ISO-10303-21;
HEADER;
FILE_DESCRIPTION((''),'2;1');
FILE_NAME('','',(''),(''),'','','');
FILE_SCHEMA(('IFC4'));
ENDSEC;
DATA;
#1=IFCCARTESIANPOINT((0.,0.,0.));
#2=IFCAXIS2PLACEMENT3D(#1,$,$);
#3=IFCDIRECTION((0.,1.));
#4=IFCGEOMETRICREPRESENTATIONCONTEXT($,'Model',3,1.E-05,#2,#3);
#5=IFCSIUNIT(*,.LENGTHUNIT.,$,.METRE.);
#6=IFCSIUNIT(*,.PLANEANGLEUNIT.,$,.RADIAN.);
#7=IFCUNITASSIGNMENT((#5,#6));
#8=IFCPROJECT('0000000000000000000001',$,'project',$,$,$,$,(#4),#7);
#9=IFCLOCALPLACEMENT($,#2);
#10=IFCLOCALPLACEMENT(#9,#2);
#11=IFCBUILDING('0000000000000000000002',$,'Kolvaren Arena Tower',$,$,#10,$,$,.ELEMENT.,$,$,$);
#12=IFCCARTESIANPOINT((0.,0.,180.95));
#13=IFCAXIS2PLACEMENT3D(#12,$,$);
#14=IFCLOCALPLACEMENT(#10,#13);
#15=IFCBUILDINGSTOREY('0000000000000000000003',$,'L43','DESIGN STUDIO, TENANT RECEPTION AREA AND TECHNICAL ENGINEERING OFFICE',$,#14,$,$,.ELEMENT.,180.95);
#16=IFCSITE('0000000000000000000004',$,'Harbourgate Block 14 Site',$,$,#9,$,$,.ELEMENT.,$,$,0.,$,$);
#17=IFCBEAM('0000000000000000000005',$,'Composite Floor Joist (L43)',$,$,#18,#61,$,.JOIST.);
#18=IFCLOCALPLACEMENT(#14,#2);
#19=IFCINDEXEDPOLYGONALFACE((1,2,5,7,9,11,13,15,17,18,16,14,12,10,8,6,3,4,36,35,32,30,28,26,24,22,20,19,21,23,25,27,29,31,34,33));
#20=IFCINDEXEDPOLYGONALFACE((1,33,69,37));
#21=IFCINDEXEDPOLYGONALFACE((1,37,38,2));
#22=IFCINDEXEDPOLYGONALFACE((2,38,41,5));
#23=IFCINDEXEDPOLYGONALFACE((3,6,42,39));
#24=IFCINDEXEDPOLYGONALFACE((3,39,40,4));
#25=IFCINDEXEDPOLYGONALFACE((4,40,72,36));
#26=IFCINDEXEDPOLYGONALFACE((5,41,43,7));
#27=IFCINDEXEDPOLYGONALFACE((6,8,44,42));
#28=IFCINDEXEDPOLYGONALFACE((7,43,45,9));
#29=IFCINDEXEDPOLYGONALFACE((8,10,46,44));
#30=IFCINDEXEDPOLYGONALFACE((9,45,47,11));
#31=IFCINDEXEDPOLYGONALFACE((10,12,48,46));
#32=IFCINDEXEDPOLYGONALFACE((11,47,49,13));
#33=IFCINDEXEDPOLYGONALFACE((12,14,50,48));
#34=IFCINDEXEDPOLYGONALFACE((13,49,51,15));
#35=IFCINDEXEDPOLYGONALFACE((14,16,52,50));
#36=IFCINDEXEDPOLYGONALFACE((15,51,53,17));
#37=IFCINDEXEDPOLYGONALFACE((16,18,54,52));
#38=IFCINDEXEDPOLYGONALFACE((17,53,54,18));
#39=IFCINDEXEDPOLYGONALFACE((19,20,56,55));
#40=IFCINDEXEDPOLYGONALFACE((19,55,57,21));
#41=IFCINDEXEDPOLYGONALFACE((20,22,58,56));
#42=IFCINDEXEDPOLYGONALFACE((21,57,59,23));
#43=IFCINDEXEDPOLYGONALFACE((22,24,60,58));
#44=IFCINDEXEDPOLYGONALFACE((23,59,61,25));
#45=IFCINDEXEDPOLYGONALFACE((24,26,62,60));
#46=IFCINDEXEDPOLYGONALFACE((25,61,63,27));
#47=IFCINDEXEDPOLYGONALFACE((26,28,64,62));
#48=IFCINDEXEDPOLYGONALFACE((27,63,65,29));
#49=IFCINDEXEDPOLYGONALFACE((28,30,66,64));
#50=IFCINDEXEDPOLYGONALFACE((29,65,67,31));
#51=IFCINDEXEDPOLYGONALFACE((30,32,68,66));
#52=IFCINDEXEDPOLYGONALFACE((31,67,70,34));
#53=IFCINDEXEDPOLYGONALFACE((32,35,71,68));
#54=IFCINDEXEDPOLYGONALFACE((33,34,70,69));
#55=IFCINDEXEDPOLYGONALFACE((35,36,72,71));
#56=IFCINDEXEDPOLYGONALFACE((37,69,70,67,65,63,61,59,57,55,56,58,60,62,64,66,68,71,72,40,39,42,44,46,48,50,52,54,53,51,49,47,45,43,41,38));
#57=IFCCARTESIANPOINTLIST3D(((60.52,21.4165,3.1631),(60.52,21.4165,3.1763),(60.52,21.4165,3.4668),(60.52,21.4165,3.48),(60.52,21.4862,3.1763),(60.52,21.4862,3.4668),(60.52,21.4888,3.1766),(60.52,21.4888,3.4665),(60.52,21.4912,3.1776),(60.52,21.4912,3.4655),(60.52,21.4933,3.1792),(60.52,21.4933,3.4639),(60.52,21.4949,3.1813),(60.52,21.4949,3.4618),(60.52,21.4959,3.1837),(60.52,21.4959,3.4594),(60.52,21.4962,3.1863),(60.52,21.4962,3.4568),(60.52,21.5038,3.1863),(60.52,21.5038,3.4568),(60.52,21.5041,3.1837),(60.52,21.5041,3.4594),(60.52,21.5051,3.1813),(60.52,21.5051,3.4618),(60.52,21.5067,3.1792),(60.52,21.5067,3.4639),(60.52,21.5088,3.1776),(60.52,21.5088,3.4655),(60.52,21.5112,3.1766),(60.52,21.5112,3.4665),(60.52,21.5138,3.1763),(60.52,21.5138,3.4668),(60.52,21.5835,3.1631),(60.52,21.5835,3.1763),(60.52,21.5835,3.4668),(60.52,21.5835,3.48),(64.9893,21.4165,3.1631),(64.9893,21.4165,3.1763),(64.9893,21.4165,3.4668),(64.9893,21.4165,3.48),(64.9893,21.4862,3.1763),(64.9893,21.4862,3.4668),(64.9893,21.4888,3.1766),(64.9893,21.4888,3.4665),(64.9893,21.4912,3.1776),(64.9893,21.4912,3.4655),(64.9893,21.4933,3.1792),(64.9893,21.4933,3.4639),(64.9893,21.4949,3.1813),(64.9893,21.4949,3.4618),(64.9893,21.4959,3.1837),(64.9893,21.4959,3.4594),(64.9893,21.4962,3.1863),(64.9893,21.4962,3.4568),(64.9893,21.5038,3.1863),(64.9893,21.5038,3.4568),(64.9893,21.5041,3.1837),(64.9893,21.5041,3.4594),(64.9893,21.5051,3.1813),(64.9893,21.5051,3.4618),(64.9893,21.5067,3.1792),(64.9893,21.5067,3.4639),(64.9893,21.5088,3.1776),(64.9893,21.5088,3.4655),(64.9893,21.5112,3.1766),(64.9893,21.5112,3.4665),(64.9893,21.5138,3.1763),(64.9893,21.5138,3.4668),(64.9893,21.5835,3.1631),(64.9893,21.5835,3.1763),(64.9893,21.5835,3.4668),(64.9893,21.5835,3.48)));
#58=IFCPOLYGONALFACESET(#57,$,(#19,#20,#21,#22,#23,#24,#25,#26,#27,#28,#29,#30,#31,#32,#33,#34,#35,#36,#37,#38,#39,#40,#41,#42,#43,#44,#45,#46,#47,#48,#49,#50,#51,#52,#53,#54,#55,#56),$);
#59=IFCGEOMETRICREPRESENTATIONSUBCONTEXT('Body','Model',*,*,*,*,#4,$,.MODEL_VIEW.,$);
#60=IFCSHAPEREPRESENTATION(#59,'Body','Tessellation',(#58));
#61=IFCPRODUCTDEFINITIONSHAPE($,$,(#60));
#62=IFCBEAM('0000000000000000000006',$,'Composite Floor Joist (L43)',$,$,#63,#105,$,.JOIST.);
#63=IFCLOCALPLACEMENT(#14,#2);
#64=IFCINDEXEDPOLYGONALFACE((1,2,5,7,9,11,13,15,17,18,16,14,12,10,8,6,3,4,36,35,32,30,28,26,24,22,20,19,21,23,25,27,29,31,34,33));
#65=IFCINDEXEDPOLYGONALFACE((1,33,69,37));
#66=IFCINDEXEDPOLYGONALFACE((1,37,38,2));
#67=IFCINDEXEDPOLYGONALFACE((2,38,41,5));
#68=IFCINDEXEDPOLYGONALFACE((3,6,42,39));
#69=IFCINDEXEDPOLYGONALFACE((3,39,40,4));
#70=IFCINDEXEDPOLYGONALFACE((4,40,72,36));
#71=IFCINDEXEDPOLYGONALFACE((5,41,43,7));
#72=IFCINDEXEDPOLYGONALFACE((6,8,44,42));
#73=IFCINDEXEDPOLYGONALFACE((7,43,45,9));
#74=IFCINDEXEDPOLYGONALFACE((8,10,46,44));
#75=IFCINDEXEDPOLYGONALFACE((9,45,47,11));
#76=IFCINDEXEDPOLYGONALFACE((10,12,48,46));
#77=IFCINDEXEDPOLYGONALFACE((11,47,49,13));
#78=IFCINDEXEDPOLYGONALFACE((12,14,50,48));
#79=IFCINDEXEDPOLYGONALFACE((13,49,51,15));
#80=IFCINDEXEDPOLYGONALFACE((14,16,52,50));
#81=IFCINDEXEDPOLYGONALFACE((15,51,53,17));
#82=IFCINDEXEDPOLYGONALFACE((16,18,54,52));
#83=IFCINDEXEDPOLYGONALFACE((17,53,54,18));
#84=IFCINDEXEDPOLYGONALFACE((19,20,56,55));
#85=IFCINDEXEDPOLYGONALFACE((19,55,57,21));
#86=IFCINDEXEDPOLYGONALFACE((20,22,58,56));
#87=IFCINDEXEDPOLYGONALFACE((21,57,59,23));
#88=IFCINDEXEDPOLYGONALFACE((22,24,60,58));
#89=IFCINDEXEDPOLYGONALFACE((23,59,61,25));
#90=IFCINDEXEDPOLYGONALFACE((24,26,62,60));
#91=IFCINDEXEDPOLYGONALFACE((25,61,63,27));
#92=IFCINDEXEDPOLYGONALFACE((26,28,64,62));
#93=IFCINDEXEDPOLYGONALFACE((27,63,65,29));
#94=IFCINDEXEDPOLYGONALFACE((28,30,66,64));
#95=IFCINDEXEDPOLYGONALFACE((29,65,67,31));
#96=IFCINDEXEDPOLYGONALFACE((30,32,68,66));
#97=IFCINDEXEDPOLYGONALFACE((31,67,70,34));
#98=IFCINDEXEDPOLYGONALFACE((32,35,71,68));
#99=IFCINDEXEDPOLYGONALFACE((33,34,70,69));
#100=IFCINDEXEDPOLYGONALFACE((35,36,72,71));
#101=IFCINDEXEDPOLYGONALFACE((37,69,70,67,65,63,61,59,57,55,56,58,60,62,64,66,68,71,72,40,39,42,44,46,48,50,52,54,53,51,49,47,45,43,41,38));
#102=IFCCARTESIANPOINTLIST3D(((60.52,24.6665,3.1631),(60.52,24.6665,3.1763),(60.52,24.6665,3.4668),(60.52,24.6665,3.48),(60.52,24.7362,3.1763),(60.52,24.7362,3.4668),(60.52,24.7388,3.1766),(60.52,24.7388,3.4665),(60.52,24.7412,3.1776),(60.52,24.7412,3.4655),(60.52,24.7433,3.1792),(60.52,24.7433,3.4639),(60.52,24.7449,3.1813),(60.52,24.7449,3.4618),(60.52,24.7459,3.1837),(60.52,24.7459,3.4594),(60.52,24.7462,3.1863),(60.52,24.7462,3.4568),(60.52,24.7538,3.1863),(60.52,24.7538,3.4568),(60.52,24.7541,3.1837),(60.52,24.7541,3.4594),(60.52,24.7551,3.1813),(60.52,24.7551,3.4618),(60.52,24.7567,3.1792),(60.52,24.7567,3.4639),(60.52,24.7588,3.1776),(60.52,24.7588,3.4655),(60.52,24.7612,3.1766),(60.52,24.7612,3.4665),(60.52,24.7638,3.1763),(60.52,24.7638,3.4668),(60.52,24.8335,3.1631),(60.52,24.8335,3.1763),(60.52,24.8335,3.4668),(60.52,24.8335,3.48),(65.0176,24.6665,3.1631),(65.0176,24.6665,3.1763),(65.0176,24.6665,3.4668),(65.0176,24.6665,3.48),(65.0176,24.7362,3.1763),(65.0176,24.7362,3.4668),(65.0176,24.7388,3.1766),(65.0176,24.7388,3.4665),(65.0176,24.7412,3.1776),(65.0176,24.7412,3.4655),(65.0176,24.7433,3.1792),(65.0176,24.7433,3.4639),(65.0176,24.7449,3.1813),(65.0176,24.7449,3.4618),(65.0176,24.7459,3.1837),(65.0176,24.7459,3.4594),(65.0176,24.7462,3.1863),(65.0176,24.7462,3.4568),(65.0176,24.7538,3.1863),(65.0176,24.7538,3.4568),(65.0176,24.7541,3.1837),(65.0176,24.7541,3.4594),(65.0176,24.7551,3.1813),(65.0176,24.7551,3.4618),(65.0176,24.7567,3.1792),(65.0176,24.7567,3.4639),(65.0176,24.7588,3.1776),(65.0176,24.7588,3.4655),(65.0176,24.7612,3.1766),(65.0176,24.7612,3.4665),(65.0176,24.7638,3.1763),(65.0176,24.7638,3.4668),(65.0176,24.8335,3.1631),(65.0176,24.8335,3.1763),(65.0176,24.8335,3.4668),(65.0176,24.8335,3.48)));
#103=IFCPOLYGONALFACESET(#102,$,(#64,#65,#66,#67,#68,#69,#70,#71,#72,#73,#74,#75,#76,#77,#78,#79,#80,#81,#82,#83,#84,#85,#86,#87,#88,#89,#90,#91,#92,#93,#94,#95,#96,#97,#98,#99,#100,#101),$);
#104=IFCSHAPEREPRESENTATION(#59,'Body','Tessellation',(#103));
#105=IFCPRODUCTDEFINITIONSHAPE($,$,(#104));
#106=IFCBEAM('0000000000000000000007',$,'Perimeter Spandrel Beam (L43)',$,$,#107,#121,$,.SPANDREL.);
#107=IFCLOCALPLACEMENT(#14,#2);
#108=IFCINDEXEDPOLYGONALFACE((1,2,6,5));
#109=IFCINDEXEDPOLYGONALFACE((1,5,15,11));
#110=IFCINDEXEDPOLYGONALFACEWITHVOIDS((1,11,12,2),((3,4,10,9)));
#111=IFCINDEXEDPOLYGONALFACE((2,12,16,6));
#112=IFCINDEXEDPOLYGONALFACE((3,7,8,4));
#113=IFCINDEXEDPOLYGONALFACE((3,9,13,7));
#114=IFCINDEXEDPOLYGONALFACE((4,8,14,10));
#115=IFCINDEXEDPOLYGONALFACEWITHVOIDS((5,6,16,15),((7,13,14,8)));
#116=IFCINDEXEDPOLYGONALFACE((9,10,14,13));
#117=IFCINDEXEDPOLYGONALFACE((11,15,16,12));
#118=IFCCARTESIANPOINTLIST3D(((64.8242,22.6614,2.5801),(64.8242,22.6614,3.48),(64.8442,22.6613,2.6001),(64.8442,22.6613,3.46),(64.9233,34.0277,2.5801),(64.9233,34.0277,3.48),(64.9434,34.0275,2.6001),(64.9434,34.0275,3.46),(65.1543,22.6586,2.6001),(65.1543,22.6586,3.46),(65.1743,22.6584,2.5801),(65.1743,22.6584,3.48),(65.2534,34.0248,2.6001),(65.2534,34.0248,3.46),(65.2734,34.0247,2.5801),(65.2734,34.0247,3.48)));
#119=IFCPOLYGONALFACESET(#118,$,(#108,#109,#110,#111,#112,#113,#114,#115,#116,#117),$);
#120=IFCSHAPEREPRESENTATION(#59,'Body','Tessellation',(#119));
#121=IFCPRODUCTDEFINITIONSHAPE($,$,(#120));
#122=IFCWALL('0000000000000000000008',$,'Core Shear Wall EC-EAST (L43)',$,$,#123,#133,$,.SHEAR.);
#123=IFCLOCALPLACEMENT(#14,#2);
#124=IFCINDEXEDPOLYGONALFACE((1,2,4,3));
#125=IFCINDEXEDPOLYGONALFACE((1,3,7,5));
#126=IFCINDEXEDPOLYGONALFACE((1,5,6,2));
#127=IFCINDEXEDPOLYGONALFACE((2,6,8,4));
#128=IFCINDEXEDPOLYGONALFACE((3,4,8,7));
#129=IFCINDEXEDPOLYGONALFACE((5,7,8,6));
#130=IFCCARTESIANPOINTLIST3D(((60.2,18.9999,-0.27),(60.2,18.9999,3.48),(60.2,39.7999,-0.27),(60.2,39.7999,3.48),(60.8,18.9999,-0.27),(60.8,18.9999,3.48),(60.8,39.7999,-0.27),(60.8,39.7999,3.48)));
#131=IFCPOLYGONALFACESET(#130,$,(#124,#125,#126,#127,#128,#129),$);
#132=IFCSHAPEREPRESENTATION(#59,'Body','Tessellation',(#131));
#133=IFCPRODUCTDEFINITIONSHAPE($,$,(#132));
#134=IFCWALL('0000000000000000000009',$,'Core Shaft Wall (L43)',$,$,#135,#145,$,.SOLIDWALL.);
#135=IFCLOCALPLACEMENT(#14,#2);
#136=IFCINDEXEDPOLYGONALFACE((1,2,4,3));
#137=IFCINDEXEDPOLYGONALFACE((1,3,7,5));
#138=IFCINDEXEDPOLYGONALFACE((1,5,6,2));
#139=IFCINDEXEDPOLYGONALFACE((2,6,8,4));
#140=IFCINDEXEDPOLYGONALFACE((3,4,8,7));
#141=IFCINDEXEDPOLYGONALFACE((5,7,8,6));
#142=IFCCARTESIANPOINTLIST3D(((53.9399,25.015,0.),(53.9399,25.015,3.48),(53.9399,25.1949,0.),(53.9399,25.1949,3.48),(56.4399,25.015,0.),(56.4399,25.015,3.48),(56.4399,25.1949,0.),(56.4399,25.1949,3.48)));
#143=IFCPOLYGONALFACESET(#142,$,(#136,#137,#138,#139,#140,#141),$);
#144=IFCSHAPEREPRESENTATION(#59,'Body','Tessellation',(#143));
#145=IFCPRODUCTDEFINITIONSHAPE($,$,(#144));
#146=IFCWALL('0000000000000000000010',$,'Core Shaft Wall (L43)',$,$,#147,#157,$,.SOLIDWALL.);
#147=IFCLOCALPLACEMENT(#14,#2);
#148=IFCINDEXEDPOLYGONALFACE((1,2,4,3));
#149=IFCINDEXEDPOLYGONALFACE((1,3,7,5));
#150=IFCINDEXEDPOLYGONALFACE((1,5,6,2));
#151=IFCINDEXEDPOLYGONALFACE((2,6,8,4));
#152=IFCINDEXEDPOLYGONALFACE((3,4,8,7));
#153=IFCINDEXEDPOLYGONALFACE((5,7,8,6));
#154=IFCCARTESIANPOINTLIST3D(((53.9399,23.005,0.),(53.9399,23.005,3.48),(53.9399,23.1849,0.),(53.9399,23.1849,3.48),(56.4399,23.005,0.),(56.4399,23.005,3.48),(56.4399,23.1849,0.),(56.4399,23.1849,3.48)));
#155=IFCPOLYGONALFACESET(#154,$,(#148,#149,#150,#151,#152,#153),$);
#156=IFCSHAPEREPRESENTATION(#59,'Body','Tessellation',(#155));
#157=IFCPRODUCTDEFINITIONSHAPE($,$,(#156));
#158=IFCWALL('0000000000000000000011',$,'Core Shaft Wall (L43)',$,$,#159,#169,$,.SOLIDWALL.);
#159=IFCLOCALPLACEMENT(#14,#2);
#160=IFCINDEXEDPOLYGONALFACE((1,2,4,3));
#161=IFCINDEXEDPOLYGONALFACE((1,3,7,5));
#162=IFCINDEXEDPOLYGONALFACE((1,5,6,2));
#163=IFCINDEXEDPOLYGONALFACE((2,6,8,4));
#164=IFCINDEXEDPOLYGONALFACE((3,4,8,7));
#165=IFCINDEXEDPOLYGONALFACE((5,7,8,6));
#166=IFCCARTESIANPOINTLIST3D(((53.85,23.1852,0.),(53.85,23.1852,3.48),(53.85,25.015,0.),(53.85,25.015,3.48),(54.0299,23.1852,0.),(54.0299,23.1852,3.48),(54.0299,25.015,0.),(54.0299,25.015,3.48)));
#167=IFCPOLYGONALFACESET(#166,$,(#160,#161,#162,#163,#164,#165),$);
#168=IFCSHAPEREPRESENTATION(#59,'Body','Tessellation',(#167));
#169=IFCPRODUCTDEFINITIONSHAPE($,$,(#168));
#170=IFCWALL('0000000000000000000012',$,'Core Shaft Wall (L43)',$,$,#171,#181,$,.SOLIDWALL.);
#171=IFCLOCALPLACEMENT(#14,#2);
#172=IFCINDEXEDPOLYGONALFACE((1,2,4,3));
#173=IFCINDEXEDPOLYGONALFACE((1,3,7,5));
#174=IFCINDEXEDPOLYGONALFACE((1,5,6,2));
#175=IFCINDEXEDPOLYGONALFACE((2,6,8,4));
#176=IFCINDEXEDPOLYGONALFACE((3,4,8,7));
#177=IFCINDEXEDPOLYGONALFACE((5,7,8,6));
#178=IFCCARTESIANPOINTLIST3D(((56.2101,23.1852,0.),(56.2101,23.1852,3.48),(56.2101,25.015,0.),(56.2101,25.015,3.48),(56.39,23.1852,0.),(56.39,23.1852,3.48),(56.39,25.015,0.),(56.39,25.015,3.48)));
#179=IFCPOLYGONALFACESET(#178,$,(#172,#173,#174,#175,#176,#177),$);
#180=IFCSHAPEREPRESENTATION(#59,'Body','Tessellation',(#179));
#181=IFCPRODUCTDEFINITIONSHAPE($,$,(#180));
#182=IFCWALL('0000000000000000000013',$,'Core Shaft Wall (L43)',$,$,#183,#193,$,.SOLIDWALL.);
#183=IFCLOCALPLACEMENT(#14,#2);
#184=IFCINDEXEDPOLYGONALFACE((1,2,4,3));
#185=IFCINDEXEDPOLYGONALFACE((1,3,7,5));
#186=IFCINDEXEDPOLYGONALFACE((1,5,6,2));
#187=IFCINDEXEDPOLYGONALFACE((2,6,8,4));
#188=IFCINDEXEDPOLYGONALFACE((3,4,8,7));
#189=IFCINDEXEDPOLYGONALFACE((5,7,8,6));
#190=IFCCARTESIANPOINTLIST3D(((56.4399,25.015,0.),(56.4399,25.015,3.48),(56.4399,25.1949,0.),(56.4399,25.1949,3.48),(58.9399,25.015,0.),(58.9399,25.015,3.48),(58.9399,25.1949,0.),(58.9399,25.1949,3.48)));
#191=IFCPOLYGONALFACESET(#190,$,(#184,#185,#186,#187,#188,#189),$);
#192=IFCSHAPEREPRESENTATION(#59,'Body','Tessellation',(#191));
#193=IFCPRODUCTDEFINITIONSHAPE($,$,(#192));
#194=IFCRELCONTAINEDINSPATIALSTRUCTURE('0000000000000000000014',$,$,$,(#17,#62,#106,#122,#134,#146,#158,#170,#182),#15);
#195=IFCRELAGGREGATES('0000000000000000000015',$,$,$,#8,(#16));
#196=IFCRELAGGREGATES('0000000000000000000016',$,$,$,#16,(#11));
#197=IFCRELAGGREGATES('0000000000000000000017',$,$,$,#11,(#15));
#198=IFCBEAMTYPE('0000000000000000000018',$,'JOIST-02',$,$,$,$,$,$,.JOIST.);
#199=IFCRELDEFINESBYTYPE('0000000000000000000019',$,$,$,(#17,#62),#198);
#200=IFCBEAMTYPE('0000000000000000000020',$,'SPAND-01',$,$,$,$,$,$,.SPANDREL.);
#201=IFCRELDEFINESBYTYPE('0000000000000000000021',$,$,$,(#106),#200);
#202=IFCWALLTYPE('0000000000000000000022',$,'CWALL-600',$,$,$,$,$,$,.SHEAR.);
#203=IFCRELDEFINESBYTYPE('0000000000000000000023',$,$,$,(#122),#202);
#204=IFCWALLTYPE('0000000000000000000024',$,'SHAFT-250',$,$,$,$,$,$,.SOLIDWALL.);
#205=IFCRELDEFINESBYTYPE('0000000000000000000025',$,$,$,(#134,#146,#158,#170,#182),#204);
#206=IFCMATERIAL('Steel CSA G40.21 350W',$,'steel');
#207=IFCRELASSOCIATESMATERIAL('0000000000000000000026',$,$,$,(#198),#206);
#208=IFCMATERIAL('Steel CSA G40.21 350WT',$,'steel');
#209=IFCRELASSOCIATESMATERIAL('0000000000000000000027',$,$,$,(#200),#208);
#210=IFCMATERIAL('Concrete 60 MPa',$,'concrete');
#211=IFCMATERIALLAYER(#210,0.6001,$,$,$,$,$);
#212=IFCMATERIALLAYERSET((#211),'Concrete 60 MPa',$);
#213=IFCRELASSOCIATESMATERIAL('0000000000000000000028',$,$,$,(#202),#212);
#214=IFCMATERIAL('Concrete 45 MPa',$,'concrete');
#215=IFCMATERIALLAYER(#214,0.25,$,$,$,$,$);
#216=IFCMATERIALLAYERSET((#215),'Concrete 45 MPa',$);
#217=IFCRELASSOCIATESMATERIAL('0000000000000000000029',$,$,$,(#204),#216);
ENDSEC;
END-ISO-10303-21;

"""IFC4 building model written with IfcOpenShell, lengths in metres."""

from ifc_helpers import new_model, si_unit, direction, frame, frame_2d, origin, origin_2d, place, context, subcontext, project, spatial, rectangle, hollow_rectangle, i_section, extrude, material, layer, layer_set, material_profile, profile_set, type_object, element, save


model = new_model("IFC4")

# Units and contexts
model_context = context("Model", 3, precision=1e-05, world=origin(), true_north=direction((0.0, 1.0)))
body_context = subcontext(model_context, "Body", "Model", "MODEL_VIEW")
ifc_project = project(units=[si_unit("LENGTHUNIT", "METRE"), si_unit("PLANEANGLEUNIT", "RADIAN")], contexts=[model_context])

# Site, building, storey
site_placement = place(None, origin())
site = spatial("IfcSite", under=ifc_project, at=site_placement, Name="Harbourgate Block 14 Site", CompositionType="ELEMENT", RefElevation=0.0)
building_placement = place(site_placement, origin())
building = spatial("IfcBuilding", under=site, at=building_placement, Name="Kolvaren Arena Tower", CompositionType="ELEMENT")
storey_placement = place(building_placement, frame((0.0, 0.0, 180.95)))
storey = spatial("IfcBuildingStorey", under=building, at=storey_placement, Name="L43", Description="DESIGN STUDIO, TENANT RECEPTION AREA AND TECHNICAL ENGINEERING OFFICE", CompositionType="ELEMENT", Elevation=180.95)

# Beams
ifc_material_1 = material(Name="Steel CSA G40.21 350W", Category="steel")
ifc_material_profile_1 = material_profile(ifc_material_1, i_section(OverallWidth=0.167, OverallDepth=0.3169, WebThickness=0.0076, FlangeThickness=0.0132, FilletRadius=0.01, at=origin_2d()), Name="W310x52")
ifc_profile_set_1 = profile_set([ifc_material_profile_1], Name="Steel CSA G40.21 350W")
beam_type_1 = type_object("IfcBeamType", Name="JOIST-02", PredefinedType="JOIST", material=ifc_profile_set_1)
beam_1_placement = place(storey_placement, frame((60.52, 21.5, 3.3215), z_axis=(1.0, 0.0, 0.0), x_axis=(0.0, 1.0, 0.0)))
element("IfcBeam", 1, at=beam_1_placement, inside=storey, type_object=beam_type_1, Name="Composite Floor Joist (L43)", PredefinedType="JOIST", context=body_context, shape_type="SweptSolid", body=[
    extrude(i_section(OverallWidth=0.167, OverallDepth=0.3169, WebThickness=0.0076, FlangeThickness=0.0132, FilletRadius=0.01, at=origin_2d()), origin(), (0.0, 0.0, 1.0), 4.4692),
])
beam_2_placement = place(storey_placement, frame((60.52, 24.75, 3.3215), z_axis=(1.0, 0.0, 0.0), x_axis=(0.0, 1.0, 0.0)))
element("IfcBeam", 2, at=beam_2_placement, inside=storey, type_object=beam_type_1, Name="Composite Floor Joist (L43)", PredefinedType="JOIST", context=body_context, shape_type="SweptSolid", body=[
    extrude(i_section(OverallWidth=0.167, OverallDepth=0.3169, WebThickness=0.0076, FlangeThickness=0.0132, FilletRadius=0.01, at=origin_2d()), origin(), (0.0, 0.0, 1.0), 4.4976),
])
ifc_material_2 = material(Name="Steel CSA G40.21 350WT", Category="steel")
ifc_material_profile_2 = material_profile(ifc_material_2, hollow_rectangle(XDim=0.3501, YDim=0.8999, WallThickness=0.02, at=origin_2d()), Name="HSS 900x350x20")
ifc_profile_set_2 = profile_set([ifc_material_profile_2], Name="Steel CSA G40.21 350WT")
beam_type_2 = type_object("IfcBeamType", Name="SPAND-01", PredefinedType="SPANDREL", material=ifc_profile_set_2)
beam_3_placement = place(storey_placement, frame((64.9993, 22.6599, 3.03), z_axis=(0.00872, 0.999962, 0.0), x_axis=(-0.999962, 0.00872, 0.0)))
element("IfcBeam", 3, at=beam_3_placement, inside=storey, type_object=beam_type_2, Name="Perimeter Spandrel Beam (L43)", PredefinedType="SPANDREL", context=body_context, shape_type="SweptSolid", body=[
    extrude(hollow_rectangle(XDim=0.3501, YDim=0.8999, WallThickness=0.02, at=origin_2d()), origin(), (0.0, 0.0, 1.0), 11.3667),
])

# Walls
ifc_material_3 = material(Name="Concrete 60 MPa", Category="concrete")
ifc_layer_1 = layer(ifc_material_3, 0.6001)
ifc_layer_set_1 = layer_set([ifc_layer_1], Name="Concrete 60 MPa")
wall_type_1 = type_object("IfcWallType", Name="CWALL-600", PredefinedType="SHEAR", material=ifc_layer_set_1)
wall_1_placement = place(storey_placement, frame((60.5, 19.0, -0.27), z_axis=(0.0, 0.0, 1.0), x_axis=(0.0, 1.0, 0.0)))
element("IfcWall", 4, at=wall_1_placement, inside=storey, type_object=wall_type_1, Name="Core Shear Wall EC-EAST (L43)", PredefinedType="SHEAR", context=body_context, shape_type="SweptSolid", body=[
    extrude(rectangle(XDim=20.8, YDim=0.6001, at=frame_2d((10.3999, 0.0))), origin(), (0.0, 0.0, 1.0), 3.75),
])
ifc_material_4 = material(Name="Concrete 45 MPa", Category="concrete")
ifc_layer_2 = layer(ifc_material_4, 0.25)
ifc_layer_set_2 = layer_set([ifc_layer_2], Name="Concrete 45 MPa")
wall_type_2 = type_object("IfcWallType", Name="SHAFT-250", PredefinedType="SOLIDWALL", material=ifc_layer_set_2)
for number, where, z_axis, x_axis, name in (
    (5, (53.9399, 25.105, 0.0), (0.0, 0.0, 1.0), (1.0, 0.0, 0.0), "Core Shaft Wall (L43)"),
    (6, (53.9399, 23.095, 0.0), (0.0, 0.0, 1.0), (1.0, 0.0, 0.0), "Core Shaft Wall (L43)"),
):
    element("IfcWall", number, at=place(storey_placement, frame(where, z_axis=z_axis, x_axis=x_axis)), inside=storey, type_object=wall_type_2, Name=name, PredefinedType="SOLIDWALL", context=body_context, shape_type="SweptSolid", body=[
        extrude(rectangle(XDim=2.5, YDim=0.1799, at=frame_2d((1.25, 0.0))), origin(), (0.0, 0.0, 1.0), 3.48),
    ])
for number, where, z_axis, x_axis, name in (
    (7, (53.9399, 23.1851, 0.0), (0.0, 0.0, 1.0), (0.0, 1.0, 0.0), "Core Shaft Wall (L43)"),
    (8, (56.3, 23.1851, 0.0), (0.0, 0.0, 1.0), (0.0, 1.0, 0.0), "Core Shaft Wall (L43)"),
):
    element("IfcWall", number, at=place(storey_placement, frame(where, z_axis=z_axis, x_axis=x_axis)), inside=storey, type_object=wall_type_2, Name=name, PredefinedType="SOLIDWALL", context=body_context, shape_type="SweptSolid", body=[
        extrude(rectangle(XDim=1.8298, YDim=0.1799, at=frame_2d((0.915, 0.0))), origin(), (0.0, 0.0, 1.0), 3.48),
    ])
for number, where, z_axis, x_axis, name in (
    (9, (56.4399, 25.105, 0.0), (0.0, 0.0, 1.0), (1.0, 0.0, 0.0), "Core Shaft Wall (L43)"),
):
    element("IfcWall", number, at=place(storey_placement, frame(where, z_axis=z_axis, x_axis=x_axis)), inside=storey, type_object=wall_type_2, Name=name, PredefinedType="SOLIDWALL", context=body_context, shape_type="SweptSolid", body=[
        extrude(rectangle(XDim=2.5, YDim=0.1799, at=frame_2d((1.25, 0.0))), origin(), (0.0, 0.0, 1.0), 3.48),
    ])

save(model, "model.ifc")
